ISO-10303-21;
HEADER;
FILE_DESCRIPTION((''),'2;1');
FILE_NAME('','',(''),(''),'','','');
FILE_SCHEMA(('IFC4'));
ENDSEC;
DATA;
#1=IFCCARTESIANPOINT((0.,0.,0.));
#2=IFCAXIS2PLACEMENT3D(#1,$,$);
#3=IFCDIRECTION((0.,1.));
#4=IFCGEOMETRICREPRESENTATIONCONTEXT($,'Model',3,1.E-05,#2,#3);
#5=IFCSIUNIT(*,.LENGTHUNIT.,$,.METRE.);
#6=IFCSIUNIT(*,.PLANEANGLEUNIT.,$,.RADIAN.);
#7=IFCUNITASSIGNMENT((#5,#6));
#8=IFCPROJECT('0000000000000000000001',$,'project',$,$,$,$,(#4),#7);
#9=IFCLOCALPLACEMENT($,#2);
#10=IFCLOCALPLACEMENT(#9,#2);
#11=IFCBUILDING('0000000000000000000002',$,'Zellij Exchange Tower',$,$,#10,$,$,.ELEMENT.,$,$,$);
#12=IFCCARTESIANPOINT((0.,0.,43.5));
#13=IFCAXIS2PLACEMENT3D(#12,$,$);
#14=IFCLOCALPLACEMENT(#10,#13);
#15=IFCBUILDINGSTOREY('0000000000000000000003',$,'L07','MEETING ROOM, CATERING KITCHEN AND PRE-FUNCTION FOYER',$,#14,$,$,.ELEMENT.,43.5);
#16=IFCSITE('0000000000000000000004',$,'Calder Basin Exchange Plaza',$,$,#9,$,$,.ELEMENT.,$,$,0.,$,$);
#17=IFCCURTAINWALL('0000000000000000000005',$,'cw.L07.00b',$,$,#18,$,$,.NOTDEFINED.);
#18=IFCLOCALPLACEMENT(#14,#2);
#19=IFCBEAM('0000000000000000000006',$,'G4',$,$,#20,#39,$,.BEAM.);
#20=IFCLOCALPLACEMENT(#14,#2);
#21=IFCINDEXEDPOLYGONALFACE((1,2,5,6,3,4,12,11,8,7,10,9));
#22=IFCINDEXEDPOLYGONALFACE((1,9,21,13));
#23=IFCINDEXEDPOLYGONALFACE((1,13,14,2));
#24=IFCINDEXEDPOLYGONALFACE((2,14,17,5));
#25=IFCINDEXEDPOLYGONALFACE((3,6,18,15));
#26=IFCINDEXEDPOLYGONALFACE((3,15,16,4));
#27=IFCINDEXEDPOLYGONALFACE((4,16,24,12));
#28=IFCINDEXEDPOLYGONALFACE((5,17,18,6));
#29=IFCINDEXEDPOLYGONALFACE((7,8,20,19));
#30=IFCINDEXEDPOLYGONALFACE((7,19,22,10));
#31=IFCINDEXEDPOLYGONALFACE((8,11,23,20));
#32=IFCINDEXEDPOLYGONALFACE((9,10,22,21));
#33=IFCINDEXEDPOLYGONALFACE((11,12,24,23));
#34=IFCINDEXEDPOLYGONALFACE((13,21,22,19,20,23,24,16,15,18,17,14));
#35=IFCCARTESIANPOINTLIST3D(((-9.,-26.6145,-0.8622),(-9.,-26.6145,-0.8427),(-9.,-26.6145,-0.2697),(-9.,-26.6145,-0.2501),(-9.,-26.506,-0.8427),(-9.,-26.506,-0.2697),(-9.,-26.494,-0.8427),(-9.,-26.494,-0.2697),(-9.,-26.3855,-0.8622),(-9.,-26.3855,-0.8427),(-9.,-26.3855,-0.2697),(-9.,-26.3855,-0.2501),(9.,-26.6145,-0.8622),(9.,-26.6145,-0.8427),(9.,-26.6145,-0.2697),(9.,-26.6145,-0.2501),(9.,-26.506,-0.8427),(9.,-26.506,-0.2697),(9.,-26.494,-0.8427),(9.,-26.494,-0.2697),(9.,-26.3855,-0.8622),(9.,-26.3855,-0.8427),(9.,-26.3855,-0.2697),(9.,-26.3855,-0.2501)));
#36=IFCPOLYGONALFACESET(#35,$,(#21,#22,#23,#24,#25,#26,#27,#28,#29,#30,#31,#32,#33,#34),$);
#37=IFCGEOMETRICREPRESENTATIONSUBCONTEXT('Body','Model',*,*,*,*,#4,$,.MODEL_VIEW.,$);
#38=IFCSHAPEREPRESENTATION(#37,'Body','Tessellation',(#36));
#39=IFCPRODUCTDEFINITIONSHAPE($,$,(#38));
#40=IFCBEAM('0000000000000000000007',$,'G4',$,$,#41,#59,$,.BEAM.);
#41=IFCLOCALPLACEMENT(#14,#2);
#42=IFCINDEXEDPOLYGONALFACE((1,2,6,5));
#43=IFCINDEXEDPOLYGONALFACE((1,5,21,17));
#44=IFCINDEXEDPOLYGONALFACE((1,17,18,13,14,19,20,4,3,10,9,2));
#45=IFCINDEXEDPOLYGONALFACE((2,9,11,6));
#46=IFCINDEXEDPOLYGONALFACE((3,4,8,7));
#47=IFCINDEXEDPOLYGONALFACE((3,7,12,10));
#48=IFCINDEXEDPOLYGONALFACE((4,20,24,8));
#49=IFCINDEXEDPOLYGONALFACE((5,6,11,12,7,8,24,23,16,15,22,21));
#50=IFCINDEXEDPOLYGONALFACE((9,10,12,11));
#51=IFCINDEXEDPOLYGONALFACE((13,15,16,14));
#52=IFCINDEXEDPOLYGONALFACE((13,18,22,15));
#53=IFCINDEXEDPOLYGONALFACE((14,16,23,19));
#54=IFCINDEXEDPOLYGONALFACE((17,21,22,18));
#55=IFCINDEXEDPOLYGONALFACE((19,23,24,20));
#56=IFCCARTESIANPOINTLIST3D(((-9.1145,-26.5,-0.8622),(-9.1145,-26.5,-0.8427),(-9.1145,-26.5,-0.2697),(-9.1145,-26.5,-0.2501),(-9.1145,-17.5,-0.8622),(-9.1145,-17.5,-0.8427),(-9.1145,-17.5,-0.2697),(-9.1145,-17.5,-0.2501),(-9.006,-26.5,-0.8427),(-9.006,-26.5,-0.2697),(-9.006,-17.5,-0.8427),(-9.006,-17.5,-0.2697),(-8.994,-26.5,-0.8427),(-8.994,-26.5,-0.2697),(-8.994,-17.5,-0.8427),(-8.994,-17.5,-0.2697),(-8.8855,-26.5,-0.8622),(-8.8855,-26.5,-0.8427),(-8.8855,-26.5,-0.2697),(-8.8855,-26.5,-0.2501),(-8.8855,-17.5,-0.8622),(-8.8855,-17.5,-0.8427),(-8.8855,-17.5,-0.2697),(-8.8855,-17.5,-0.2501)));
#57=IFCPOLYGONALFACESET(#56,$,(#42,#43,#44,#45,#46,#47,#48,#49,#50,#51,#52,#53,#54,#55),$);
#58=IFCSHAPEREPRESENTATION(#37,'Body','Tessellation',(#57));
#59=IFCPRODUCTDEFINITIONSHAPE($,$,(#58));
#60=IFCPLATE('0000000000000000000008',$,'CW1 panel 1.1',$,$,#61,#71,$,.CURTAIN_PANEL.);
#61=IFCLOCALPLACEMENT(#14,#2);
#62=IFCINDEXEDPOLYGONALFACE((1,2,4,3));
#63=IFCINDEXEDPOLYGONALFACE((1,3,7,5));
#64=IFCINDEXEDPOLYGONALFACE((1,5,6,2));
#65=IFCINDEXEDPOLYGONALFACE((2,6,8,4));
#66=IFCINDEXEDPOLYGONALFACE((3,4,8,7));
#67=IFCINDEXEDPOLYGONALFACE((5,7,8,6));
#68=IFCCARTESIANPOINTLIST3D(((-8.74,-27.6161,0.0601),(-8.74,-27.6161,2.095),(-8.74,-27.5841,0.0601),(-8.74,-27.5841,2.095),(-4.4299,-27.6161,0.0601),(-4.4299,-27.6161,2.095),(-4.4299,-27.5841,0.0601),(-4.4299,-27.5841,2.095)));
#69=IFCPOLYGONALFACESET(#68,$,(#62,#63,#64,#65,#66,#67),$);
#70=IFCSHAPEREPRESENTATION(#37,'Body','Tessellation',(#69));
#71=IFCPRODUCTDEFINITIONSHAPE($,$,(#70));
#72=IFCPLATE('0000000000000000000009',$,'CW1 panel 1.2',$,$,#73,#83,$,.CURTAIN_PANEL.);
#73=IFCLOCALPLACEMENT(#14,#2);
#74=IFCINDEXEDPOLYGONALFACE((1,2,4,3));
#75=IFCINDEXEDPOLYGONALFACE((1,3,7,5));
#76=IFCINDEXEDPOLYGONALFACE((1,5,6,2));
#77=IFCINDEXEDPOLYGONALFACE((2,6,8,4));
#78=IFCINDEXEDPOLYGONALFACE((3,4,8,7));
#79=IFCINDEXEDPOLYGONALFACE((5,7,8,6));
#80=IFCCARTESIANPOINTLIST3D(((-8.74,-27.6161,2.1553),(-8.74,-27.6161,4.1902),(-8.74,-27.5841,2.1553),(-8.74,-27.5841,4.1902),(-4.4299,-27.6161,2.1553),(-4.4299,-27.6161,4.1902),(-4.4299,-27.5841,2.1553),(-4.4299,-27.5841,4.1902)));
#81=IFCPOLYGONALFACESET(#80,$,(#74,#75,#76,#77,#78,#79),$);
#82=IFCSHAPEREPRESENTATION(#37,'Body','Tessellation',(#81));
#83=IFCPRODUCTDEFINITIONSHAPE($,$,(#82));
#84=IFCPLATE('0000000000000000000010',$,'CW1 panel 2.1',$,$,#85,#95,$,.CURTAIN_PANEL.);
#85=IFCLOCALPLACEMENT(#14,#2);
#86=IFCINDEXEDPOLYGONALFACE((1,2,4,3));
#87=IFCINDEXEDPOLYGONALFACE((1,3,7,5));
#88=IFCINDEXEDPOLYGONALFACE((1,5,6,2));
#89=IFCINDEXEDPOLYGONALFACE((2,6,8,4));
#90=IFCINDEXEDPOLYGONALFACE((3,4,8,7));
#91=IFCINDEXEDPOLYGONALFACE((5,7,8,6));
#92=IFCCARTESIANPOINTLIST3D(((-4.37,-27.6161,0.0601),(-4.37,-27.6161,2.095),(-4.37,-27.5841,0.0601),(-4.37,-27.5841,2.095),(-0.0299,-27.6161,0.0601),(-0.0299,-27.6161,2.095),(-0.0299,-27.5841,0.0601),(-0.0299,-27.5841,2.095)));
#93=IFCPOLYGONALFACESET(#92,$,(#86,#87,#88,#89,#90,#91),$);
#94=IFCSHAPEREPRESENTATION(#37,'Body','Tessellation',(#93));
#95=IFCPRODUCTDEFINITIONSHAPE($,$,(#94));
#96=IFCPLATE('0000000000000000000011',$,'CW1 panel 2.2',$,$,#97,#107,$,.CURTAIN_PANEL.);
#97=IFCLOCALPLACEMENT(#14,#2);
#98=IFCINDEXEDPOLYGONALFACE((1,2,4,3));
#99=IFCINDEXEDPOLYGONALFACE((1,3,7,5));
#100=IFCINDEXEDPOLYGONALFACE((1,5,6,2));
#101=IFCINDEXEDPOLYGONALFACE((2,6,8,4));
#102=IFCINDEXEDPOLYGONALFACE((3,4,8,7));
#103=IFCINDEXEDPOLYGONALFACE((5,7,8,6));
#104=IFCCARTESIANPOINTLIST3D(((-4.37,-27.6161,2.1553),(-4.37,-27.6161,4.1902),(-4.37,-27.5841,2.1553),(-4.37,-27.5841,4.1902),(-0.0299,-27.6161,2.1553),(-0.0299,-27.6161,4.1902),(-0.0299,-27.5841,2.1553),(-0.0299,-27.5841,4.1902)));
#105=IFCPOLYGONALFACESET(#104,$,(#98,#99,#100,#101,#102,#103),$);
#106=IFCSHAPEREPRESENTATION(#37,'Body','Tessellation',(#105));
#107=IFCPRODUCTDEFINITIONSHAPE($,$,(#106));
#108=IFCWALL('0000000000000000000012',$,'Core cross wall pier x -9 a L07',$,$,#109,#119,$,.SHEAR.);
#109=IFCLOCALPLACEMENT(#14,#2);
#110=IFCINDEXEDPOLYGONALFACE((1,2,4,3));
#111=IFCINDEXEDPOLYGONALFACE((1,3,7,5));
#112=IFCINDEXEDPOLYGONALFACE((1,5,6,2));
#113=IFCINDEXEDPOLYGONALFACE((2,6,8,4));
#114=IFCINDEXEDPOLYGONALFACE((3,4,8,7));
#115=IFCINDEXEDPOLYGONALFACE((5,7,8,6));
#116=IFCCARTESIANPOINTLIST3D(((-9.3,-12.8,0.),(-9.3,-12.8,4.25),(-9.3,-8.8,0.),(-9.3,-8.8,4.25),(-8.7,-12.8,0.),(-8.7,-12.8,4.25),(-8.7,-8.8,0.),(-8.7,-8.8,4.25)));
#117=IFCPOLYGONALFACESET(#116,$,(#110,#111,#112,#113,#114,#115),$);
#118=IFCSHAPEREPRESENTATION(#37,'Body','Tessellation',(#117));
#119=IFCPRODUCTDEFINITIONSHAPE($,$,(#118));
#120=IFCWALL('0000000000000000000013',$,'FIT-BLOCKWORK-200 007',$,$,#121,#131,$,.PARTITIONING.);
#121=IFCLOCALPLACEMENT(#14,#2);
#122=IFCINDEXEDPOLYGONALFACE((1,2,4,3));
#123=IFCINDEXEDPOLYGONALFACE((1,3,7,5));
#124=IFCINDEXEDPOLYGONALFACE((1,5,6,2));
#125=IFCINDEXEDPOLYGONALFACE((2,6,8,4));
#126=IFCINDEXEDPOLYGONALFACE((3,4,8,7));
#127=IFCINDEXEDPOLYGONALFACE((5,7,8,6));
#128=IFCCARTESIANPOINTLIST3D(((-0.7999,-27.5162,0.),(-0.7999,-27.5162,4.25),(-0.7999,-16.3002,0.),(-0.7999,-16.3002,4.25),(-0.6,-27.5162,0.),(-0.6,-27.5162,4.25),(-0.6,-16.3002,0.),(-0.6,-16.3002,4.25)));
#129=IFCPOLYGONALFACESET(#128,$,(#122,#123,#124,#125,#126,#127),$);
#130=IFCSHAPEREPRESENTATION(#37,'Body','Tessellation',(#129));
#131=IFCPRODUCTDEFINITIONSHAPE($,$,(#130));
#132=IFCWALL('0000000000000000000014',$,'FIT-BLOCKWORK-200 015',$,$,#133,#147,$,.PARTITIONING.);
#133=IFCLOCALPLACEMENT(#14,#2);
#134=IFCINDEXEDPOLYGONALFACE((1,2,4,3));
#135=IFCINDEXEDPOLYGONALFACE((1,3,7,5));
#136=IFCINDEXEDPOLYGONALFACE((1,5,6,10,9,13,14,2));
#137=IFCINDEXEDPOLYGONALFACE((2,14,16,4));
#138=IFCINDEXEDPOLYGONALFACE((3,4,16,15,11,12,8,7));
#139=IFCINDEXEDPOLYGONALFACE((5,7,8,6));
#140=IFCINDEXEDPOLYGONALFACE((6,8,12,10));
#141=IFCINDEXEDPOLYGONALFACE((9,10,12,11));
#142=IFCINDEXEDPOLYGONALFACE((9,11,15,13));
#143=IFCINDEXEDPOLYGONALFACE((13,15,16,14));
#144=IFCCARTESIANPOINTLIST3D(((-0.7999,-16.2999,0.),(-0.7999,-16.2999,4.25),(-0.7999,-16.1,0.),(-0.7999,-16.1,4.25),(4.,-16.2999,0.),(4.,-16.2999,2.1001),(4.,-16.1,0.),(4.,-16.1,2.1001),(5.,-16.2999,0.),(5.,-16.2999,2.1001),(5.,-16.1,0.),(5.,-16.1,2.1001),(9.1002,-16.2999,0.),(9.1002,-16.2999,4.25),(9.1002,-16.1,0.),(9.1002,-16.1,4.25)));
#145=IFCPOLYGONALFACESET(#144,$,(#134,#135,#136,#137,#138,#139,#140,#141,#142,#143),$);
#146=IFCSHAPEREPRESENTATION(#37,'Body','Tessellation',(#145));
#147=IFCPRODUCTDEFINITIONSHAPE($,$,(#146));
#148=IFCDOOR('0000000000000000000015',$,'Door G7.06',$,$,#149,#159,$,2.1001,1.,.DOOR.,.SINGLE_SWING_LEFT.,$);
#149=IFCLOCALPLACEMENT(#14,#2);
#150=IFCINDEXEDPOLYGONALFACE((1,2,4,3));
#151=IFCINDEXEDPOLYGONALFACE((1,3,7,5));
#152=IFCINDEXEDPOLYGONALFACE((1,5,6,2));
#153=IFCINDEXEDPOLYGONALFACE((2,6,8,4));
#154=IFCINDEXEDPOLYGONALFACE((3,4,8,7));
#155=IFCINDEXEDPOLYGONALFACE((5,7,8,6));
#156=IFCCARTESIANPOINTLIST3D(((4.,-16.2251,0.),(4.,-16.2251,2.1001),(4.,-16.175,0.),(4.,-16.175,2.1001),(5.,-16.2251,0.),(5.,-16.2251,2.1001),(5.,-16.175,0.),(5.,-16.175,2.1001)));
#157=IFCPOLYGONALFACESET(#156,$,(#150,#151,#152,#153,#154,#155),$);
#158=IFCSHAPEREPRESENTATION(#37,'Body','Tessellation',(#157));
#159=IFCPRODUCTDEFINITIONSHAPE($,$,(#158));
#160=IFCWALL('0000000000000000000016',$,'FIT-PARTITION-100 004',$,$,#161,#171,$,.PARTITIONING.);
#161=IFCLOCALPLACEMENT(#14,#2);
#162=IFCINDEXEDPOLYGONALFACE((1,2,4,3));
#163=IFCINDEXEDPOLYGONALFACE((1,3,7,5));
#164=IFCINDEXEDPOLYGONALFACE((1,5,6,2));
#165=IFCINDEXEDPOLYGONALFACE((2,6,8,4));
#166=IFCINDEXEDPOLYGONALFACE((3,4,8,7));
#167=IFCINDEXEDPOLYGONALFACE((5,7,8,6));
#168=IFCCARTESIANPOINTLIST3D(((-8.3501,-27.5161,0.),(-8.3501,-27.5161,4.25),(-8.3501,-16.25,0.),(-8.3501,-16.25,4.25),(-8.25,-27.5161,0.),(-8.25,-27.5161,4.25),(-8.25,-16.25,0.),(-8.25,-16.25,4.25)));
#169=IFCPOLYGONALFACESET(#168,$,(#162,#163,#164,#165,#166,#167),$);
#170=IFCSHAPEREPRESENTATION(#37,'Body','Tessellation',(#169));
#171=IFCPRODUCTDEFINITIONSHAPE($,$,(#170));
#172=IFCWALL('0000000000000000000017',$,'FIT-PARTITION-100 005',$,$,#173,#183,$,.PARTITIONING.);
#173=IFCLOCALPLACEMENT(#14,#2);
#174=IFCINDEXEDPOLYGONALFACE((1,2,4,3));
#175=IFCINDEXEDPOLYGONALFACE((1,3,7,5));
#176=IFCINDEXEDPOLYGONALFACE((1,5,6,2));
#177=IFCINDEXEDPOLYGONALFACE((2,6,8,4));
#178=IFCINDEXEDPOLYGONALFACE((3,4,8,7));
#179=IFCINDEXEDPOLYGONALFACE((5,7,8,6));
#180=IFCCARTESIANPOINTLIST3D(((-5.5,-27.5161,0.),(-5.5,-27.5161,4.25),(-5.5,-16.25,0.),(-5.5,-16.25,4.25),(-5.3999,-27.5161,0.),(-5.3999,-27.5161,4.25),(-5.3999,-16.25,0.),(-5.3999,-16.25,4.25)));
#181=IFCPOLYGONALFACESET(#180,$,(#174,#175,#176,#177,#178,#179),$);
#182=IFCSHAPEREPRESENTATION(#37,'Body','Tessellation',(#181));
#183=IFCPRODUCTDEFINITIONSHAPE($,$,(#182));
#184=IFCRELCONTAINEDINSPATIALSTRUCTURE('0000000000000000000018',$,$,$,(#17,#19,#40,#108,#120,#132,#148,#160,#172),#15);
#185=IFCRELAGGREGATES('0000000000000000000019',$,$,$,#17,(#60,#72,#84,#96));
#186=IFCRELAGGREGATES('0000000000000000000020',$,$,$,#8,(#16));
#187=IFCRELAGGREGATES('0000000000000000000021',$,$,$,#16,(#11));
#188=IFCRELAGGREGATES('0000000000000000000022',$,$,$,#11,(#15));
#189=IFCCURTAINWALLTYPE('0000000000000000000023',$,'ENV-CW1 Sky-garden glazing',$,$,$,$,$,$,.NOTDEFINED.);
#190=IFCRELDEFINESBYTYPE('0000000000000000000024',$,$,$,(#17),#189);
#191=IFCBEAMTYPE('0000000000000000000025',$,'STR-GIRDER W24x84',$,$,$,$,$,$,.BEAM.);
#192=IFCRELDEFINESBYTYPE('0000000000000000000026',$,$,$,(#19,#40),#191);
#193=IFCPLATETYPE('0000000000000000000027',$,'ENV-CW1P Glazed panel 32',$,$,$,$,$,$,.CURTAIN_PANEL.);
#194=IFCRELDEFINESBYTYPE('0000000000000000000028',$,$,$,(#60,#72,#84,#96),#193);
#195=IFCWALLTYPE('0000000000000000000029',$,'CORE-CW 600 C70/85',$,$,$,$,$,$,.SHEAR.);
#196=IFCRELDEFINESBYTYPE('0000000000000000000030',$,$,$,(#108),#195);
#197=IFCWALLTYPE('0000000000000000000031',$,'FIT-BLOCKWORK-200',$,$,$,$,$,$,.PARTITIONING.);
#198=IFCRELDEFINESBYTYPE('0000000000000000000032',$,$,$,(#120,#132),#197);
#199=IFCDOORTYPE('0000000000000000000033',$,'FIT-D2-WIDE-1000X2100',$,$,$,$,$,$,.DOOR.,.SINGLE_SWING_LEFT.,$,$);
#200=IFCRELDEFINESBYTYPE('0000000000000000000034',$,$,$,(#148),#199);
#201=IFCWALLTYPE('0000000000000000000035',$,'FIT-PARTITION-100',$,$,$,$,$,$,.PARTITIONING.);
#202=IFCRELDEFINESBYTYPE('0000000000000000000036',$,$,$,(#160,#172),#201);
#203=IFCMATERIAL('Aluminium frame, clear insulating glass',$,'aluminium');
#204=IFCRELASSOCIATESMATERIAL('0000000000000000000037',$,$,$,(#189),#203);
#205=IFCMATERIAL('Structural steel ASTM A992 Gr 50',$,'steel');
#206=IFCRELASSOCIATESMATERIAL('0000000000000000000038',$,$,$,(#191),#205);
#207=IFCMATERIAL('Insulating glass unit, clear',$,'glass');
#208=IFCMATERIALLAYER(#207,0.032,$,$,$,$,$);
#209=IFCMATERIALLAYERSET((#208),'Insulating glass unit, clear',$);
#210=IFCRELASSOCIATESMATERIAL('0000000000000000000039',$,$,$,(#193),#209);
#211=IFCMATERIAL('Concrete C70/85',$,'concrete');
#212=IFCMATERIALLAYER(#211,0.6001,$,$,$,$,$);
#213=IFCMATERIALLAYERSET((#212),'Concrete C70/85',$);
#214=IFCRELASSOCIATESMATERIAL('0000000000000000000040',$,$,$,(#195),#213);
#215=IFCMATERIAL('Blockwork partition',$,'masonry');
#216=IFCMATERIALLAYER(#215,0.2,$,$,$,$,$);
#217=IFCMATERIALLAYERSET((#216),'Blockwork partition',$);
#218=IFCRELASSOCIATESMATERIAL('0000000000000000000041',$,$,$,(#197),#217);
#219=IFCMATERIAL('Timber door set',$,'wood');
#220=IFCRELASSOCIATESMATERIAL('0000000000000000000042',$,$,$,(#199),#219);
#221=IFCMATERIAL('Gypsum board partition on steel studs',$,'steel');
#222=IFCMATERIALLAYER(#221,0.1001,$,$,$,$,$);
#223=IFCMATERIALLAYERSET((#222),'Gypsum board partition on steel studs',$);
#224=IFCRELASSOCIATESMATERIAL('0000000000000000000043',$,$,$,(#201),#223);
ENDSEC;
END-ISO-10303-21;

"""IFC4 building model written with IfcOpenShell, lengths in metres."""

from ifc_helpers import new_model, si_unit, direction, frame, frame_2d, origin, origin_2d, place, context, subcontext, project, spatial, rectangle, i_section, extrude, material, layer, layer_set, material_profile, profile_set, type_object, element, fill, aggregate, save


model = new_model("IFC4")

# Units and contexts
model_context = context("Model", 3, precision=1e-05, world=origin(), true_north=direction((0.0, 1.0)))
body_context = subcontext(model_context, "Body", "Model", "MODEL_VIEW")
ifc_project = project(units=[si_unit("LENGTHUNIT", "METRE"), si_unit("PLANEANGLEUNIT", "RADIAN")], contexts=[model_context])

# Site, building, storey
site_placement = place(None, origin())
site = spatial("IfcSite", under=ifc_project, at=site_placement, Name="Calder Basin Exchange Plaza", CompositionType="ELEMENT", RefElevation=0.0)
building_placement = place(site_placement, origin())
building = spatial("IfcBuilding", under=site, at=building_placement, Name="Zellij Exchange Tower", CompositionType="ELEMENT")
storey_placement = place(building_placement, frame((0.0, 0.0, 43.5)))
storey = spatial("IfcBuildingStorey", under=building, at=storey_placement, Name="L07", Description="MEETING ROOM, CATERING KITCHEN AND PRE-FUNCTION FOYER", CompositionType="ELEMENT", Elevation=43.5)

# Shared definitions
ifc_material_1 = material(Name="Concrete C70/85", Category="concrete")

# Curtain wall
ifc_material_2 = material(Name="Aluminium frame, clear insulating glass", Category="aluminium")
curtain_wall_type = type_object("IfcCurtainWallType", Name="ENV-CW1 Sky-garden glazing", PredefinedType="NOTDEFINED", material=ifc_material_2)
curtain_wall_placement = place(storey_placement, origin())
curtain_wall = element("IfcCurtainWall", 1, at=curtain_wall_placement, inside=storey, type_object=curtain_wall_type, Name="cw.L07.00b", PredefinedType="NOTDEFINED")

# Beams
ifc_material_3 = material(Name="Structural steel ASTM A992 Gr 50", Category="steel")
ifc_material_profile_1 = material_profile(ifc_material_3, i_section(OverallWidth=0.229, OverallDepth=0.6121, WebThickness=0.012, FlangeThickness=0.0195, at=origin_2d()), Name="W24x84")
ifc_profile_set_1 = profile_set([ifc_material_profile_1], Name="Structural steel ASTM A992 Gr 50")
beam_type_1 = type_object("IfcBeamType", Name="STR-GIRDER W24x84", PredefinedType="BEAM", material=ifc_profile_set_1)
beam_1_placement = place(storey_placement, frame((-9.0, -26.5, -0.5562), z_axis=(1.0, 0.0, 0.0), x_axis=(0.0, 1.0, 0.0)))
element("IfcBeam", 2, at=beam_1_placement, inside=storey, type_object=beam_type_1, Name="G4", PredefinedType="BEAM", context=body_context, shape_type="SweptSolid", body=[
    extrude(i_section(OverallWidth=0.229, OverallDepth=0.6121, WebThickness=0.012, FlangeThickness=0.0195, at=origin_2d()), origin(), (0.0, 0.0, 1.0), 18.0),
])
beam_2_placement = place(storey_placement, frame((-9.0, -26.5, -0.5562), z_axis=(0.0, 1.0, 0.0), x_axis=(-1.0, 0.0, 0.0)))
element("IfcBeam", 3, at=beam_2_placement, inside=storey, type_object=beam_type_1, Name="G4", PredefinedType="BEAM", context=body_context, shape_type="SweptSolid", body=[
    extrude(i_section(OverallWidth=0.229, OverallDepth=0.6121, WebThickness=0.012, FlangeThickness=0.0195, at=origin_2d()), origin(), (0.0, 0.0, 1.0), 9.0),
])

# Plates
ifc_material_4 = material(Name="Insulating glass unit, clear", Category="glass")
ifc_layer_1 = layer(ifc_material_4, 0.032)
ifc_layer_set_1 = layer_set([ifc_layer_1], Name="Insulating glass unit, clear")
plate_type = type_object("IfcPlateType", Name="ENV-CW1P Glazed panel 32", PredefinedType="CURTAIN_PANEL", material=ifc_layer_set_1)
plate_1_placement = place(storey_placement, frame((-6.585, -27.6001, 0.0601), z_axis=(0.0, 0.0, 1.0), x_axis=(1.0, 0.0, 0.0)))
plate_1 = element("IfcPlate", 4, at=plate_1_placement, type_object=plate_type, Name="CW1 panel 1.1", PredefinedType="CURTAIN_PANEL", context=body_context, shape_type="SweptSolid", body=[
    extrude(rectangle(XDim=4.3101, YDim=0.032, at=origin_2d()), origin(), (0.0, 0.0, 1.0), 2.0349),
])
plate_2_placement = place(storey_placement, frame((-6.585, -27.6001, 2.1553), z_axis=(0.0, 0.0, 1.0), x_axis=(1.0, 0.0, 0.0)))
plate_2 = element("IfcPlate", 5, at=plate_2_placement, type_object=plate_type, Name="CW1 panel 1.2", PredefinedType="CURTAIN_PANEL", context=body_context, shape_type="SweptSolid", body=[
    extrude(rectangle(XDim=4.3101, YDim=0.032, at=origin_2d()), origin(), (0.0, 0.0, 1.0), 2.0349),
])
plate_3_placement = place(storey_placement, frame((-2.2, -27.6001, 0.0601), z_axis=(0.0, 0.0, 1.0), x_axis=(1.0, 0.0, 0.0)))
plate_3 = element("IfcPlate", 6, at=plate_3_placement, type_object=plate_type, Name="CW1 panel 2.1", PredefinedType="CURTAIN_PANEL", context=body_context, shape_type="SweptSolid", body=[
    extrude(rectangle(XDim=4.3401, YDim=0.032, at=origin_2d()), origin(), (0.0, 0.0, 1.0), 2.0349),
])
plate_4_placement = place(storey_placement, frame((-2.2, -27.6001, 2.1553), z_axis=(0.0, 0.0, 1.0), x_axis=(1.0, 0.0, 0.0)))
plate_4 = element("IfcPlate", 7, at=plate_4_placement, type_object=plate_type, Name="CW1 panel 2.2", PredefinedType="CURTAIN_PANEL", context=body_context, shape_type="SweptSolid", body=[
    extrude(rectangle(XDim=4.3401, YDim=0.032, at=origin_2d()), origin(), (0.0, 0.0, 1.0), 2.0349),
])
aggregate(curtain_wall, [plate_1, plate_2, plate_3, plate_4])

# Walls
ifc_layer_2 = layer(ifc_material_1, 0.6001)
ifc_layer_set_2 = layer_set([ifc_layer_2], Name="Concrete C70/85")
wall_type_1 = type_object("IfcWallType", Name="CORE-CW 600 C70/85", PredefinedType="SHEAR", material=ifc_layer_set_2)
wall_1_placement = place(storey_placement, frame((-9.0, -12.8, 0.0), z_axis=(0.0, 0.0, 1.0), x_axis=(0.0, 1.0, 0.0)))
element("IfcWall", 8, at=wall_1_placement, inside=storey, type_object=wall_type_1, Name="Core cross wall pier x -9 a L07", PredefinedType="SHEAR", context=body_context, shape_type="SweptSolid", body=[
    extrude(rectangle(XDim=4.0, YDim=0.6001, at=frame_2d((2.0, 0.0))), origin(), (0.0, 0.0, 1.0), 4.25),
])
ifc_material_5 = material(Name="Blockwork partition", Category="masonry")
ifc_layer_3 = layer(ifc_material_5, 0.2)
ifc_layer_set_3 = layer_set([ifc_layer_3], Name="Blockwork partition")
wall_type_2 = type_object("IfcWallType", Name="FIT-BLOCKWORK-200", PredefinedType="PARTITIONING", material=ifc_layer_set_3)
wall_2_placement = place(storey_placement, frame((-0.7, -27.5161, 0.0), z_axis=(0.0, 0.0, 1.0), x_axis=(0.0, 1.0, 0.0)))
element("IfcWall", 9, at=wall_2_placement, inside=storey, type_object=wall_type_2, Name="FIT-BLOCKWORK-200 007", PredefinedType="PARTITIONING", context=body_context, shape_type="SweptSolid", body=[
    extrude(rectangle(XDim=11.2161, YDim=0.2, at=frame_2d((5.6079, 0.0))), origin(), (0.0, 0.0, 1.0), 4.25),
])

# Wall, opening, door
wall_3_placement = place(storey_placement, frame((-0.8, -16.2, 0.0), z_axis=(0.0, 0.0, 1.0), x_axis=(1.0, 0.0, 0.0)))
wall_3 = element("IfcWall", 10, at=wall_3_placement, inside=storey, type_object=wall_type_2, Name="FIT-BLOCKWORK-200 015", PredefinedType="PARTITIONING", context=body_context, shape_type="SweptSolid", body=[
    extrude(rectangle(XDim=9.9001, YDim=0.2, at=frame_2d((4.9502, 0.0))), origin(), (0.0, 0.0, 1.0), 4.25),
])
opening_placement = place(wall_3_placement, frame((4.8, 0.0, 0.0)))
opening = element("IfcOpeningElement", 11, at=opening_placement, cuts=wall_3, PredefinedType="OPENING", context=body_context, shape_type="SweptSolid", body=[
    extrude(rectangle(XDim=1.0, YDim=2.1001, at=frame_2d((0.5, 1.05))), frame((0.0, 0.1118, 0.0), z_axis=(0.0, -1.0, 0.0), x_axis=(1.0, 0.0, 0.0)), (0.0, 0.0, 1.0), 0.2239),
])
ifc_material_6 = material(Name="Timber door set", Category="wood")
door_type = type_object("IfcDoorType", Name="FIT-D2-WIDE-1000X2100", OperationType="SINGLE_SWING_LEFT", PredefinedType="DOOR", material=ifc_material_6)
door_placement = place(opening_placement, origin())
door = element("IfcDoor", 12, at=door_placement, inside=storey, type_object=door_type, Name="Door G7.06", OperationType="SINGLE_SWING_LEFT", OverallHeight=2.1001, OverallWidth=1.0, PredefinedType="DOOR", context=body_context, shape_type="SweptSolid", body=[
    extrude(rectangle(XDim=1.0, YDim=2.1001, at=frame_2d((0.5, 1.05))), frame((0.0, 0.0249, 0.0), z_axis=(0.0, -1.0, 0.0), x_axis=(1.0, 0.0, 0.0)), (0.0, 0.0, 1.0), 0.05),
])
fill(opening, door)

# Walls
ifc_material_7 = material(Name="Gypsum board partition on steel studs", Category="steel")
ifc_layer_4 = layer(ifc_material_7, 0.1001)
ifc_layer_set_4 = layer_set([ifc_layer_4], Name="Gypsum board partition on steel studs")
wall_type_3 = type_object("IfcWallType", Name="FIT-PARTITION-100", PredefinedType="PARTITIONING", material=ifc_layer_set_4)
for number, where, z_axis, x_axis, name in (
    (13, (-8.3, -27.5161, 0.0), (0.0, 0.0, 1.0), (0.0, 1.0, 0.0), "FIT-PARTITION-100 004"),
    (14, (-5.45, -27.5161, 0.0), (0.0, 0.0, 1.0), (0.0, 1.0, 0.0), "FIT-PARTITION-100 005"),
):
    element("IfcWall", number, at=place(storey_placement, frame(where, z_axis=z_axis, x_axis=x_axis)), inside=storey, type_object=wall_type_3, Name=name, PredefinedType="PARTITIONING", context=body_context, shape_type="SweptSolid", body=[
        extrude(rectangle(XDim=11.2661, YDim=0.1001, at=frame_2d((5.6331, 0.0))), origin(), (0.0, 0.0, 1.0), 4.25),
    ])

save(model, "model.ifc")
